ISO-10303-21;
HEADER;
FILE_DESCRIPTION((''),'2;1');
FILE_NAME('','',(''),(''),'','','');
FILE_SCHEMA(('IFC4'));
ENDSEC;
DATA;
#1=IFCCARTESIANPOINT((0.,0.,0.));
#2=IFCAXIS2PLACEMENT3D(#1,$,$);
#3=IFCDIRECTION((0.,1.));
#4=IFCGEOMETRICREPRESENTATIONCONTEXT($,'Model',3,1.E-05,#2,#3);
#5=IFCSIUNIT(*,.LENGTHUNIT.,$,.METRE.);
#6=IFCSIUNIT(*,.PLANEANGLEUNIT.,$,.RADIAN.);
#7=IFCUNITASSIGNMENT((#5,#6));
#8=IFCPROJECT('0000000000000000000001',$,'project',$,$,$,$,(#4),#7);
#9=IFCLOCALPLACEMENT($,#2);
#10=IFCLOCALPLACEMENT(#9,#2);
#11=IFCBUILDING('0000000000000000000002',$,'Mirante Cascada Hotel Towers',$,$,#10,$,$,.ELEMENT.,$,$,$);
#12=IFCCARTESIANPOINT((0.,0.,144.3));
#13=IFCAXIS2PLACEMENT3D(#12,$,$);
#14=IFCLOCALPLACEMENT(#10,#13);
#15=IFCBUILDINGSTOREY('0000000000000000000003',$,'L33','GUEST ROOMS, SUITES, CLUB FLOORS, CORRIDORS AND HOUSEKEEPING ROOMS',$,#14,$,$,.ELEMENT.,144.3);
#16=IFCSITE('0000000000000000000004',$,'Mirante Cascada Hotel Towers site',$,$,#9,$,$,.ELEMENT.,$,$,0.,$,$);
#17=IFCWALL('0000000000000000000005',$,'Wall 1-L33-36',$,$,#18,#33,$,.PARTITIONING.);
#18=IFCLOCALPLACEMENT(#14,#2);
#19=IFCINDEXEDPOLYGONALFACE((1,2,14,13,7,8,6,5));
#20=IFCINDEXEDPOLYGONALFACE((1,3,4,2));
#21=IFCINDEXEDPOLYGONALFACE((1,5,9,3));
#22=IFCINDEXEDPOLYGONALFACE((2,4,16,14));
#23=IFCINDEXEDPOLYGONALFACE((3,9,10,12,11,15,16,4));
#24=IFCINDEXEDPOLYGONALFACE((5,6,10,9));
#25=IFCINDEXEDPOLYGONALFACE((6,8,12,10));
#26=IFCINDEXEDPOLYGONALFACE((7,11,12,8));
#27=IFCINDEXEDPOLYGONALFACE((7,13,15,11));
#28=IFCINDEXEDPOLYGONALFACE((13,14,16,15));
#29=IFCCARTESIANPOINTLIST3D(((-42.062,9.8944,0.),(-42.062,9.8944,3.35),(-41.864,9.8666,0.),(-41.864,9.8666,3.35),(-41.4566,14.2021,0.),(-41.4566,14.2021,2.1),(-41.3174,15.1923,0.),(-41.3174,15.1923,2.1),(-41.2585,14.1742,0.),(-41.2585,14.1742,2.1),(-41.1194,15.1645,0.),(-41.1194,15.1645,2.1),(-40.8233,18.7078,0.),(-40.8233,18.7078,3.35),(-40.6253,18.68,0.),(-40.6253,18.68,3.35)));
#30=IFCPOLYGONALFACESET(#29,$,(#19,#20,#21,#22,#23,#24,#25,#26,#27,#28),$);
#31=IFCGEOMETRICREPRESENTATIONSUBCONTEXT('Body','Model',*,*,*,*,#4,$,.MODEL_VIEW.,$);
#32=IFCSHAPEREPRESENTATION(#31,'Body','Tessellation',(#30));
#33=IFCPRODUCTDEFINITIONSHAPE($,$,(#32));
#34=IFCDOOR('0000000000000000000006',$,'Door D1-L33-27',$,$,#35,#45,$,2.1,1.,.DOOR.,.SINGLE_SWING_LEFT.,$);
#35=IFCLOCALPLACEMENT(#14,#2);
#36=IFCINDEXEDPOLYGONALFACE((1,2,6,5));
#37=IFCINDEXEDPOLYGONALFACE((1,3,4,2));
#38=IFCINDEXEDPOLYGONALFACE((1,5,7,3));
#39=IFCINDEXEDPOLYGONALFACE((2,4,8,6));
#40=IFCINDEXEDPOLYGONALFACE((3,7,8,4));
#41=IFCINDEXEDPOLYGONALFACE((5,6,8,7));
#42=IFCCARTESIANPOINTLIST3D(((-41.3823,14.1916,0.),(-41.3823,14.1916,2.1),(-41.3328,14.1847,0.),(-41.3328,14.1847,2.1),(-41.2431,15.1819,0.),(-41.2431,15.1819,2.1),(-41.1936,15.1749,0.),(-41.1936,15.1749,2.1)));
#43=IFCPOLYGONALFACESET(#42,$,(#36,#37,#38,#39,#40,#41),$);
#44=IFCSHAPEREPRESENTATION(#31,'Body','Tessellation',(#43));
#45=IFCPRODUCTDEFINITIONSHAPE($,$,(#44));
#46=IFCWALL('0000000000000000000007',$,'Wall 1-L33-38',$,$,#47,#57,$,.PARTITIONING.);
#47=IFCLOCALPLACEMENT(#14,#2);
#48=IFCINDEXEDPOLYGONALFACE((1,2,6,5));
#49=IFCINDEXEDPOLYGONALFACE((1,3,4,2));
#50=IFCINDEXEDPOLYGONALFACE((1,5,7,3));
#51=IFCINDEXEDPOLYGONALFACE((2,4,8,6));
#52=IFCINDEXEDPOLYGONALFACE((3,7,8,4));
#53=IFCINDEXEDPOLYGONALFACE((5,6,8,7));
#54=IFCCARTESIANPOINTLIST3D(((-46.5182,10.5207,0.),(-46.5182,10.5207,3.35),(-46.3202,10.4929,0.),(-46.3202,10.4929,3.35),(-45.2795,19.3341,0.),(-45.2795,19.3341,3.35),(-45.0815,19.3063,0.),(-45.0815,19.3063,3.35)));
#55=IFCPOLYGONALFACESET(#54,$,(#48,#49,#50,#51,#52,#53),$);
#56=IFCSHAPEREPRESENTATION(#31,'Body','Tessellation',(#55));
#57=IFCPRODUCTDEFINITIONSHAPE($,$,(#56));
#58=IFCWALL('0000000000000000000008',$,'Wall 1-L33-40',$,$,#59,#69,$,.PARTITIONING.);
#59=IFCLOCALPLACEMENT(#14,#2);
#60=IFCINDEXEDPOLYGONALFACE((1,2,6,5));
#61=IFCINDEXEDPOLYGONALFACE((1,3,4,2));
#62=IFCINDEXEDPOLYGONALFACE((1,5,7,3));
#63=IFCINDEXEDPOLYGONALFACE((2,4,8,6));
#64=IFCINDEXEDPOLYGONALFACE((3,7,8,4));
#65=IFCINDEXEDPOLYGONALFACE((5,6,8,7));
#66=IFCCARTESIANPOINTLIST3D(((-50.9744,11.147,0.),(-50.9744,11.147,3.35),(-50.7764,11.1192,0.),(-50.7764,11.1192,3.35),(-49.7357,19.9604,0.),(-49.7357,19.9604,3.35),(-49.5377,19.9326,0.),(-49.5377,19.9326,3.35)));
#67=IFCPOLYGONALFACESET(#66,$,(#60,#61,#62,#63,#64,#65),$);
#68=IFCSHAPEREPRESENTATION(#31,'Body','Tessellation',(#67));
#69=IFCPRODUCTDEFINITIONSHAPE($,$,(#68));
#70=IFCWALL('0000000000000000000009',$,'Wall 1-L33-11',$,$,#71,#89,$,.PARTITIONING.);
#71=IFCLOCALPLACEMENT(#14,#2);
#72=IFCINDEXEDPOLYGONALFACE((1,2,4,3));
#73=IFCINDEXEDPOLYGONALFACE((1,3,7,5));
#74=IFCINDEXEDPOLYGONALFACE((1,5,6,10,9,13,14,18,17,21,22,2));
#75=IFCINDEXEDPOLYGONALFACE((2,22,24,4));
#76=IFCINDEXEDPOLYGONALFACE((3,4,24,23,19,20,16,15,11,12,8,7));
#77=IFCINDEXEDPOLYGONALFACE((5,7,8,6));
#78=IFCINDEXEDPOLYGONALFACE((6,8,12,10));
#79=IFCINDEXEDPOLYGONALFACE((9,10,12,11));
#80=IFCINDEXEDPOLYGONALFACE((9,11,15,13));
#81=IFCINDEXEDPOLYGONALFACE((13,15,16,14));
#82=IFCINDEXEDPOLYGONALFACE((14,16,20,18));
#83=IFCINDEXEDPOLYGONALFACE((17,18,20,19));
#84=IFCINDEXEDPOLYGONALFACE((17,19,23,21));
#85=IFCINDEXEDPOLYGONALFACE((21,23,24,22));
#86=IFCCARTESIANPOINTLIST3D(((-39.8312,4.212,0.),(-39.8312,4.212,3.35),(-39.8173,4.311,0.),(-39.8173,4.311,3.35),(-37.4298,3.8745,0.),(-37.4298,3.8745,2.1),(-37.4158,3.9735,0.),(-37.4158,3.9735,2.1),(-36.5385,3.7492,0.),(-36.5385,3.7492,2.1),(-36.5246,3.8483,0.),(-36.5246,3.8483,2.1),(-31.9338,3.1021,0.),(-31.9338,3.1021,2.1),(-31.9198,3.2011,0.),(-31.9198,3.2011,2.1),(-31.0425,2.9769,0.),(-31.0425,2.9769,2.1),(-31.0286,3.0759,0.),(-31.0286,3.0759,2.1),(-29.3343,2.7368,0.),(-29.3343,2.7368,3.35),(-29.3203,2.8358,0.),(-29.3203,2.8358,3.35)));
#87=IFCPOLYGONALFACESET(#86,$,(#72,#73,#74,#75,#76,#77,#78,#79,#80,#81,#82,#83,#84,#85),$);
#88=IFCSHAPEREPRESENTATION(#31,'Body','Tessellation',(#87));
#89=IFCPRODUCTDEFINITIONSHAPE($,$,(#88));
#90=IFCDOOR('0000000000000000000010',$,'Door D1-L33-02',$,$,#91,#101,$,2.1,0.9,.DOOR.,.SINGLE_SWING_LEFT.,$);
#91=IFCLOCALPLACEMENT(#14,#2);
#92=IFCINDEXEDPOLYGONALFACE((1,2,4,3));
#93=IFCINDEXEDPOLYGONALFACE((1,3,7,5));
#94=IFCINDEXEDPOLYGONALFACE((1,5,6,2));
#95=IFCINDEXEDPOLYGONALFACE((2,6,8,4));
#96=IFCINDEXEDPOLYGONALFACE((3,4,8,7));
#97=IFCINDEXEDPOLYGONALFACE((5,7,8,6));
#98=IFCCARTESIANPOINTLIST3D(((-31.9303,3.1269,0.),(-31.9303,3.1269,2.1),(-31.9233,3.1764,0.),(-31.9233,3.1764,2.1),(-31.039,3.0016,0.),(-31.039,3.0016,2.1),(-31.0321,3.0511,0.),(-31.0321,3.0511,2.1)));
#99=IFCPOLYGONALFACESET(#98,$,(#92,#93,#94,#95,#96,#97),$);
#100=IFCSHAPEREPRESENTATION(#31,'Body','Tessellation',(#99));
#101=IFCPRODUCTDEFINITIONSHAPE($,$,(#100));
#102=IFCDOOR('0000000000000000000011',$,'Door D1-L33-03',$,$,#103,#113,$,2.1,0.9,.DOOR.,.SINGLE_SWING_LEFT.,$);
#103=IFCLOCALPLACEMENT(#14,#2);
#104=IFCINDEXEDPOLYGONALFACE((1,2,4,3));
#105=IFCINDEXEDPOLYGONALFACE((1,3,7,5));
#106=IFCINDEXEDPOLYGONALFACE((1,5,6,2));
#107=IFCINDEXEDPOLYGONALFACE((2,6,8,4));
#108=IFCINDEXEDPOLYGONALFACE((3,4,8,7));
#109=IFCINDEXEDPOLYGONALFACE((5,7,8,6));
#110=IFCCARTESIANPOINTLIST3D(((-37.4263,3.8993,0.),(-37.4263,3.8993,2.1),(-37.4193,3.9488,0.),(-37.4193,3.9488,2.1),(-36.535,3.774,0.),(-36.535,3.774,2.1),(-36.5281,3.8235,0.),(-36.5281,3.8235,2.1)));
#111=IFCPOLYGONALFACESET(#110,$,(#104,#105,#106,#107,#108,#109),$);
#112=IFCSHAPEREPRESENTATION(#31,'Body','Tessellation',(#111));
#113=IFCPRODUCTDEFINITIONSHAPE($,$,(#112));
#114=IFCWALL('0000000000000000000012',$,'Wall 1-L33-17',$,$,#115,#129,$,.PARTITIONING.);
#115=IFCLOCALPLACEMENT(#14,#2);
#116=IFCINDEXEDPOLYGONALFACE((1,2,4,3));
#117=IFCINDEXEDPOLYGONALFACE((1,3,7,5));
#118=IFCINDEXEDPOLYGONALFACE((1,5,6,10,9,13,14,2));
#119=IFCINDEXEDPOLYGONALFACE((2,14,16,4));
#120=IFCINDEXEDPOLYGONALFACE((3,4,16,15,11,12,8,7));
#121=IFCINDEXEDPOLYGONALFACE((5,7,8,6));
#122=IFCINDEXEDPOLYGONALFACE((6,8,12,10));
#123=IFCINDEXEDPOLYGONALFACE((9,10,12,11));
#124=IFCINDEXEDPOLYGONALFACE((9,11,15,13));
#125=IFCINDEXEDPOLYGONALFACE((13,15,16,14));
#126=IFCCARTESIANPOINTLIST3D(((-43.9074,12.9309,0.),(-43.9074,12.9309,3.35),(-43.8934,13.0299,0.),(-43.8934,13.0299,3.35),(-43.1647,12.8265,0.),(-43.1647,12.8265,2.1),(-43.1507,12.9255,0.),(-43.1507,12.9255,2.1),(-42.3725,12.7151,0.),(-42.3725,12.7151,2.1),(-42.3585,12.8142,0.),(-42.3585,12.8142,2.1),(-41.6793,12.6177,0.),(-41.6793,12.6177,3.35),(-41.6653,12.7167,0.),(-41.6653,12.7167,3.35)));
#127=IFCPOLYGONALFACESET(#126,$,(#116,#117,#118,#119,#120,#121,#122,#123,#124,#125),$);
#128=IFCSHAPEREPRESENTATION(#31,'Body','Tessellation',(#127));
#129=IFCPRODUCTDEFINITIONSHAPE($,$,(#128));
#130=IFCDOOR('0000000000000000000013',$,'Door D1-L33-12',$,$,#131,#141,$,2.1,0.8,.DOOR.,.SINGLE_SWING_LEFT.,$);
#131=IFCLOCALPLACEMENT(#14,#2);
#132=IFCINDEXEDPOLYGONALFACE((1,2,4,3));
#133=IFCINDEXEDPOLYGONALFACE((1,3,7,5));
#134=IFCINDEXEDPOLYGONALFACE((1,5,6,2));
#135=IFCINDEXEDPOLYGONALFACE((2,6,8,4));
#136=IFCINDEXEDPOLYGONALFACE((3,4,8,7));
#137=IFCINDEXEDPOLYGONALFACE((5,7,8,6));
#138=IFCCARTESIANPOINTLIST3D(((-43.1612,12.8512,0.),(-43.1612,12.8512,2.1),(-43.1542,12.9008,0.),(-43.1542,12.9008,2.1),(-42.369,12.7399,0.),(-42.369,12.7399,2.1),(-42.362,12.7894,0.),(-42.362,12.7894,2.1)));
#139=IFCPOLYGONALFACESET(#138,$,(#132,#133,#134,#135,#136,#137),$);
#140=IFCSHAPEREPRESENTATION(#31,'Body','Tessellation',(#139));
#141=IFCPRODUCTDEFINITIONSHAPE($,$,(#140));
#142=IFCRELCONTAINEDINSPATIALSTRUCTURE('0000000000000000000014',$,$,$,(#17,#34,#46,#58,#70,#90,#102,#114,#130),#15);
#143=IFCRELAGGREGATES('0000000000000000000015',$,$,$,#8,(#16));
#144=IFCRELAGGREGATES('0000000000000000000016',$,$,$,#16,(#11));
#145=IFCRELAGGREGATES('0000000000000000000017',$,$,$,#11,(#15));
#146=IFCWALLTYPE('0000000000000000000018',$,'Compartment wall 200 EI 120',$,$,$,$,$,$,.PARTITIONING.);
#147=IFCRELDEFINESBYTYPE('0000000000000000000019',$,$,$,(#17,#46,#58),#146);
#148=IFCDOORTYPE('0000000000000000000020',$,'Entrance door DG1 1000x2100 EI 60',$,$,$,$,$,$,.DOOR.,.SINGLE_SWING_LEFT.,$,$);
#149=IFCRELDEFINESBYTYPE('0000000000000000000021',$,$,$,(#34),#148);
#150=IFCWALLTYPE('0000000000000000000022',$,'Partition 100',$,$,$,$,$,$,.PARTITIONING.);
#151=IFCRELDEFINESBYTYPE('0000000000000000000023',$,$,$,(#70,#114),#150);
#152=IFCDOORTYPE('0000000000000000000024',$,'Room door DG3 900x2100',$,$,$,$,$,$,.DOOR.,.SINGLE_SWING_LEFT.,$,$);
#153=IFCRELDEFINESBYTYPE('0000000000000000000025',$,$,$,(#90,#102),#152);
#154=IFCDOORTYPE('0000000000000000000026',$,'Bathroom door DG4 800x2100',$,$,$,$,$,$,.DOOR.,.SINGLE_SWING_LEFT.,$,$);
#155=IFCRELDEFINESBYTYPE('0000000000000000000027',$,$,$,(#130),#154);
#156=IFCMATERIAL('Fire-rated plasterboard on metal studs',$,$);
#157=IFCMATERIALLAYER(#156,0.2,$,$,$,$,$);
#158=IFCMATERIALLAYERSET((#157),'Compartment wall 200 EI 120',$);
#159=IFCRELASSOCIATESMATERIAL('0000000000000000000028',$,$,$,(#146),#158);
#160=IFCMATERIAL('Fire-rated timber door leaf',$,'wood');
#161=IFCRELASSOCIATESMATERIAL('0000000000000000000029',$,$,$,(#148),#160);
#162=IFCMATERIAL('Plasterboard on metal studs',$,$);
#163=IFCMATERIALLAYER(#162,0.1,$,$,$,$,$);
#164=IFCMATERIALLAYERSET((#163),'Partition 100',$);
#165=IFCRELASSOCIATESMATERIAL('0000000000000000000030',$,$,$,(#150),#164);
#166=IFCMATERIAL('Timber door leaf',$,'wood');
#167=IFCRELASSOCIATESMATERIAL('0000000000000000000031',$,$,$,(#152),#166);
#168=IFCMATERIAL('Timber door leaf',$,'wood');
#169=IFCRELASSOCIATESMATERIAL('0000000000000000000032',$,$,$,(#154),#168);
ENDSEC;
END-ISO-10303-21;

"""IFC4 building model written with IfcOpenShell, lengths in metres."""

from ifc_helpers import new_model, si_unit, direction, frame, frame_2d, origin, place, context, subcontext, project, spatial, rectangle, extrude, material, layer, layer_set, type_object, element, fill, save


model = new_model("IFC4")

# Units and contexts
model_context = context("Model", 3, precision=1e-05, world=origin(), true_north=direction((0.0, 1.0)))
body_context = subcontext(model_context, "Body", "Model", "MODEL_VIEW")
ifc_project = project(units=[si_unit("LENGTHUNIT", "METRE"), si_unit("PLANEANGLEUNIT", "RADIAN")], contexts=[model_context])

# Site, building, storey
site_placement = place(None, origin())
site = spatial("IfcSite", under=ifc_project, at=site_placement, Name="Mirante Cascada Hotel Towers site", CompositionType="ELEMENT", RefElevation=0.0)
building_placement = place(site_placement, origin())
building = spatial("IfcBuilding", under=site, at=building_placement, Name="Mirante Cascada Hotel Towers", CompositionType="ELEMENT")
storey_placement = place(building_placement, frame((0.0, 0.0, 144.3)))
storey = spatial("IfcBuildingStorey", under=building, at=storey_placement, Name="L33", Description="GUEST ROOMS, SUITES, CLUB FLOORS, CORRIDORS AND HOUSEKEEPING ROOMS", CompositionType="ELEMENT", Elevation=144.3)

# Shared definitions
ifc_material_1 = material(Name="Fire-rated plasterboard on metal studs")
ifc_layer_1 = layer(ifc_material_1, 0.2)
ifc_layer_set_1 = layer_set([ifc_layer_1], Name="Compartment wall 200 EI 120")
wall_type_1 = type_object("IfcWallType", Name="Compartment wall 200 EI 120", PredefinedType="PARTITIONING", material=ifc_layer_set_1)
ifc_material_2 = material(Name="Fire-rated timber door leaf", Category="wood")
door_type_1 = type_object("IfcDoorType", Name="Entrance door DG1 1000x2100 EI 60", OperationType="SINGLE_SWING_LEFT", PredefinedType="DOOR", material=ifc_material_2)

# Wall, opening, door
wall_1_placement = place(storey_placement, frame((-41.963, 9.8805, 0.0), z_axis=(0.0, 0.0, 1.0), x_axis=(0.139179, 0.990267, 0.0)))
wall_1 = element("IfcWall", 1, at=wall_1_placement, inside=storey, type_object=wall_type_1, Name="Wall 1-L33-36", PredefinedType="PARTITIONING", context=body_context, shape_type="SweptSolid", body=[
    extrude(rectangle(XDim=8.9, YDim=0.2, at=frame_2d((4.45, 0.0))), origin(), (0.0, 0.0, 1.0), 3.35),
])
opening_1_placement = place(wall_1_placement, frame((4.35, 0.0, 0.0)))
opening_1 = element("IfcOpeningElement", 2, at=opening_1_placement, cuts=wall_1, PredefinedType="OPENING", context=body_context, shape_type="SweptSolid", body=[
    extrude(rectangle(XDim=1.0, YDim=2.1, at=frame_2d((0.5, 1.05))), frame((0.0, 0.1, 0.0), z_axis=(0.0, -1.0, 0.0), x_axis=(1.0, 0.0, 0.0)), (0.0, 0.0, 1.0), 0.2),
])
door_1_placement = place(opening_1_placement, origin())
door_1 = element("IfcDoor", 3, at=door_1_placement, inside=storey, type_object=door_type_1, Name="Door D1-L33-27", OperationType="SINGLE_SWING_LEFT", OverallHeight=2.1, OverallWidth=1.0, PredefinedType="DOOR", context=body_context, shape_type="SweptSolid", body=[
    extrude(rectangle(XDim=1.0, YDim=2.1, at=frame_2d((0.5, 1.05))), frame((0.0, 0.025, 0.0), z_axis=(0.0, -1.0, 0.0), x_axis=(1.0, 0.0, 0.0)), (0.0, 0.0, 1.0), 0.05),
])
fill(opening_1, door_1)

# Walls
for number, where, z_axis, x_axis, name in (
    (4, (-46.4192, 10.5068, 0.0), (0.0, 0.0, 1.0), (0.139179, 0.990267, 0.0), "Wall 1-L33-38"),
    (5, (-50.8754, 11.1331, 0.0), (0.0, 0.0, 1.0), (0.139179, 0.990267, 0.0), "Wall 1-L33-40"),
):
    element("IfcWall", number, at=place(storey_placement, frame(where, z_axis=z_axis, x_axis=x_axis)), inside=storey, type_object=wall_type_1, Name=name, PredefinedType="PARTITIONING", context=body_context, shape_type="SweptSolid", body=[
        extrude(rectangle(XDim=8.9, YDim=0.2, at=frame_2d((4.45, 0.0))), origin(), (0.0, 0.0, 1.0), 3.35),
    ])

# Wall, openings, doors
ifc_material_3 = material(Name="Plasterboard on metal studs")
ifc_layer_2 = layer(ifc_material_3, 0.1)
ifc_layer_set_2 = layer_set([ifc_layer_2], Name="Partition 100")
wall_type_2 = type_object("IfcWallType", Name="Partition 100", PredefinedType="PARTITIONING", material=ifc_layer_set_2)
wall_2_placement = place(storey_placement, frame((-39.8242, 4.2615, 0.0), z_axis=(0.0, 0.0, 1.0), x_axis=(0.990269, -0.139169, 0.0)))
wall_2 = element("IfcWall", 6, at=wall_2_placement, inside=storey, type_object=wall_type_2, Name="Wall 1-L33-11", PredefinedType="PARTITIONING", context=body_context, shape_type="SweptSolid", body=[
    extrude(rectangle(XDim=10.6001, YDim=0.1, at=frame_2d((5.3, 0.0))), origin(), (0.0, 0.0, 1.0), 3.35),
])
opening_2_placement = place(wall_2_placement, frame((7.975, 0.0, 0.0)))
opening_2 = element("IfcOpeningElement", 7, at=opening_2_placement, cuts=wall_2, PredefinedType="OPENING", context=body_context, shape_type="SweptSolid", body=[
    extrude(rectangle(XDim=0.9, YDim=2.1, at=frame_2d((0.45, 1.05))), frame((0.0, 0.05, 0.0), z_axis=(0.0, -1.0, 0.0), x_axis=(1.0, 0.0, 0.0)), (0.0, 0.0, 1.0), 0.1),
])
opening_3_placement = place(wall_2_placement, frame((2.425, 0.0, 0.0)))
opening_3 = element("IfcOpeningElement", 8, at=opening_3_placement, cuts=wall_2, PredefinedType="OPENING", context=body_context, shape_type="SweptSolid", body=[
    extrude(rectangle(XDim=0.9, YDim=2.1, at=frame_2d((0.45, 1.05))), frame((0.0, 0.05, 0.0), z_axis=(0.0, -1.0, 0.0), x_axis=(1.0, 0.0, 0.0)), (0.0, 0.0, 1.0), 0.1),
])
ifc_material_4 = material(Name="Timber door leaf", Category="wood")
door_type_2 = type_object("IfcDoorType", Name="Room door DG3 900x2100", OperationType="SINGLE_SWING_LEFT", PredefinedType="DOOR", material=ifc_material_4)
door_2_placement = place(opening_2_placement, origin())
door_2 = element("IfcDoor", 9, at=door_2_placement, inside=storey, type_object=door_type_2, Name="Door D1-L33-02", OperationType="SINGLE_SWING_LEFT", OverallHeight=2.1, OverallWidth=0.9, PredefinedType="DOOR", context=body_context, shape_type="SweptSolid", body=[
    extrude(rectangle(XDim=0.9, YDim=2.1, at=frame_2d((0.45, 1.05))), frame((0.0, 0.025, 0.0), z_axis=(0.0, -1.0, 0.0), x_axis=(1.0, 0.0, 0.0)), (0.0, 0.0, 1.0), 0.05),
])
fill(opening_2, door_2)
door_3_placement = place(opening_3_placement, origin())
door_3 = element("IfcDoor", 10, at=door_3_placement, inside=storey, type_object=door_type_2, Name="Door D1-L33-03", OperationType="SINGLE_SWING_LEFT", OverallHeight=2.1, OverallWidth=0.9, PredefinedType="DOOR", context=body_context, shape_type="SweptSolid", body=[
    extrude(rectangle(XDim=0.9, YDim=2.1, at=frame_2d((0.45, 1.05))), frame((0.0, 0.025, 0.0), z_axis=(0.0, -1.0, 0.0), x_axis=(1.0, 0.0, 0.0)), (0.0, 0.0, 1.0), 0.05),
])
fill(opening_3, door_3)

# Wall, opening, door
wall_3_placement = place(storey_placement, frame((-43.9004, 12.9804, 0.0), z_axis=(0.0, 0.0, 1.0), x_axis=(0.990264, -0.1392, 0.0)))
wall_3 = element("IfcWall", 11, at=wall_3_placement, inside=storey, type_object=wall_type_2, Name="Wall 1-L33-17", PredefinedType="PARTITIONING", context=body_context, shape_type="SweptSolid", body=[
    extrude(rectangle(XDim=2.25, YDim=0.1, at=frame_2d((1.125, 0.0))), origin(), (0.0, 0.0, 1.0), 3.35),
])
opening_4_placement = place(wall_3_placement, frame((0.75, 0.0, 0.0)))
opening_4 = element("IfcOpeningElement", 12, at=opening_4_placement, cuts=wall_3, PredefinedType="OPENING", context=body_context, shape_type="SweptSolid", body=[
    extrude(rectangle(XDim=0.8, YDim=2.1, at=frame_2d((0.4, 1.05))), frame((0.0, 0.05, 0.0), z_axis=(0.0, -1.0, 0.0), x_axis=(1.0, 0.0, 0.0)), (0.0, 0.0, 1.0), 0.1),
])
ifc_material_5 = material(Name="Timber door leaf", Category="wood")
door_type_3 = type_object("IfcDoorType", Name="Bathroom door DG4 800x2100", OperationType="SINGLE_SWING_LEFT", PredefinedType="DOOR", material=ifc_material_5)
door_4_placement = place(opening_4_placement, origin())
door_4 = element("IfcDoor", 13, at=door_4_placement, inside=storey, type_object=door_type_3, Name="Door D1-L33-12", OperationType="SINGLE_SWING_LEFT", OverallHeight=2.1, OverallWidth=0.8, PredefinedType="DOOR", context=body_context, shape_type="SweptSolid", body=[
    extrude(rectangle(XDim=0.8, YDim=2.1, at=frame_2d((0.4, 1.05))), frame((0.0, 0.025, 0.0), z_axis=(0.0, -1.0, 0.0), x_axis=(1.0, 0.0, 0.0)), (0.0, 0.0, 1.0), 0.05),
])
fill(opening_4, door_4)

save(model, "model.ifc")
